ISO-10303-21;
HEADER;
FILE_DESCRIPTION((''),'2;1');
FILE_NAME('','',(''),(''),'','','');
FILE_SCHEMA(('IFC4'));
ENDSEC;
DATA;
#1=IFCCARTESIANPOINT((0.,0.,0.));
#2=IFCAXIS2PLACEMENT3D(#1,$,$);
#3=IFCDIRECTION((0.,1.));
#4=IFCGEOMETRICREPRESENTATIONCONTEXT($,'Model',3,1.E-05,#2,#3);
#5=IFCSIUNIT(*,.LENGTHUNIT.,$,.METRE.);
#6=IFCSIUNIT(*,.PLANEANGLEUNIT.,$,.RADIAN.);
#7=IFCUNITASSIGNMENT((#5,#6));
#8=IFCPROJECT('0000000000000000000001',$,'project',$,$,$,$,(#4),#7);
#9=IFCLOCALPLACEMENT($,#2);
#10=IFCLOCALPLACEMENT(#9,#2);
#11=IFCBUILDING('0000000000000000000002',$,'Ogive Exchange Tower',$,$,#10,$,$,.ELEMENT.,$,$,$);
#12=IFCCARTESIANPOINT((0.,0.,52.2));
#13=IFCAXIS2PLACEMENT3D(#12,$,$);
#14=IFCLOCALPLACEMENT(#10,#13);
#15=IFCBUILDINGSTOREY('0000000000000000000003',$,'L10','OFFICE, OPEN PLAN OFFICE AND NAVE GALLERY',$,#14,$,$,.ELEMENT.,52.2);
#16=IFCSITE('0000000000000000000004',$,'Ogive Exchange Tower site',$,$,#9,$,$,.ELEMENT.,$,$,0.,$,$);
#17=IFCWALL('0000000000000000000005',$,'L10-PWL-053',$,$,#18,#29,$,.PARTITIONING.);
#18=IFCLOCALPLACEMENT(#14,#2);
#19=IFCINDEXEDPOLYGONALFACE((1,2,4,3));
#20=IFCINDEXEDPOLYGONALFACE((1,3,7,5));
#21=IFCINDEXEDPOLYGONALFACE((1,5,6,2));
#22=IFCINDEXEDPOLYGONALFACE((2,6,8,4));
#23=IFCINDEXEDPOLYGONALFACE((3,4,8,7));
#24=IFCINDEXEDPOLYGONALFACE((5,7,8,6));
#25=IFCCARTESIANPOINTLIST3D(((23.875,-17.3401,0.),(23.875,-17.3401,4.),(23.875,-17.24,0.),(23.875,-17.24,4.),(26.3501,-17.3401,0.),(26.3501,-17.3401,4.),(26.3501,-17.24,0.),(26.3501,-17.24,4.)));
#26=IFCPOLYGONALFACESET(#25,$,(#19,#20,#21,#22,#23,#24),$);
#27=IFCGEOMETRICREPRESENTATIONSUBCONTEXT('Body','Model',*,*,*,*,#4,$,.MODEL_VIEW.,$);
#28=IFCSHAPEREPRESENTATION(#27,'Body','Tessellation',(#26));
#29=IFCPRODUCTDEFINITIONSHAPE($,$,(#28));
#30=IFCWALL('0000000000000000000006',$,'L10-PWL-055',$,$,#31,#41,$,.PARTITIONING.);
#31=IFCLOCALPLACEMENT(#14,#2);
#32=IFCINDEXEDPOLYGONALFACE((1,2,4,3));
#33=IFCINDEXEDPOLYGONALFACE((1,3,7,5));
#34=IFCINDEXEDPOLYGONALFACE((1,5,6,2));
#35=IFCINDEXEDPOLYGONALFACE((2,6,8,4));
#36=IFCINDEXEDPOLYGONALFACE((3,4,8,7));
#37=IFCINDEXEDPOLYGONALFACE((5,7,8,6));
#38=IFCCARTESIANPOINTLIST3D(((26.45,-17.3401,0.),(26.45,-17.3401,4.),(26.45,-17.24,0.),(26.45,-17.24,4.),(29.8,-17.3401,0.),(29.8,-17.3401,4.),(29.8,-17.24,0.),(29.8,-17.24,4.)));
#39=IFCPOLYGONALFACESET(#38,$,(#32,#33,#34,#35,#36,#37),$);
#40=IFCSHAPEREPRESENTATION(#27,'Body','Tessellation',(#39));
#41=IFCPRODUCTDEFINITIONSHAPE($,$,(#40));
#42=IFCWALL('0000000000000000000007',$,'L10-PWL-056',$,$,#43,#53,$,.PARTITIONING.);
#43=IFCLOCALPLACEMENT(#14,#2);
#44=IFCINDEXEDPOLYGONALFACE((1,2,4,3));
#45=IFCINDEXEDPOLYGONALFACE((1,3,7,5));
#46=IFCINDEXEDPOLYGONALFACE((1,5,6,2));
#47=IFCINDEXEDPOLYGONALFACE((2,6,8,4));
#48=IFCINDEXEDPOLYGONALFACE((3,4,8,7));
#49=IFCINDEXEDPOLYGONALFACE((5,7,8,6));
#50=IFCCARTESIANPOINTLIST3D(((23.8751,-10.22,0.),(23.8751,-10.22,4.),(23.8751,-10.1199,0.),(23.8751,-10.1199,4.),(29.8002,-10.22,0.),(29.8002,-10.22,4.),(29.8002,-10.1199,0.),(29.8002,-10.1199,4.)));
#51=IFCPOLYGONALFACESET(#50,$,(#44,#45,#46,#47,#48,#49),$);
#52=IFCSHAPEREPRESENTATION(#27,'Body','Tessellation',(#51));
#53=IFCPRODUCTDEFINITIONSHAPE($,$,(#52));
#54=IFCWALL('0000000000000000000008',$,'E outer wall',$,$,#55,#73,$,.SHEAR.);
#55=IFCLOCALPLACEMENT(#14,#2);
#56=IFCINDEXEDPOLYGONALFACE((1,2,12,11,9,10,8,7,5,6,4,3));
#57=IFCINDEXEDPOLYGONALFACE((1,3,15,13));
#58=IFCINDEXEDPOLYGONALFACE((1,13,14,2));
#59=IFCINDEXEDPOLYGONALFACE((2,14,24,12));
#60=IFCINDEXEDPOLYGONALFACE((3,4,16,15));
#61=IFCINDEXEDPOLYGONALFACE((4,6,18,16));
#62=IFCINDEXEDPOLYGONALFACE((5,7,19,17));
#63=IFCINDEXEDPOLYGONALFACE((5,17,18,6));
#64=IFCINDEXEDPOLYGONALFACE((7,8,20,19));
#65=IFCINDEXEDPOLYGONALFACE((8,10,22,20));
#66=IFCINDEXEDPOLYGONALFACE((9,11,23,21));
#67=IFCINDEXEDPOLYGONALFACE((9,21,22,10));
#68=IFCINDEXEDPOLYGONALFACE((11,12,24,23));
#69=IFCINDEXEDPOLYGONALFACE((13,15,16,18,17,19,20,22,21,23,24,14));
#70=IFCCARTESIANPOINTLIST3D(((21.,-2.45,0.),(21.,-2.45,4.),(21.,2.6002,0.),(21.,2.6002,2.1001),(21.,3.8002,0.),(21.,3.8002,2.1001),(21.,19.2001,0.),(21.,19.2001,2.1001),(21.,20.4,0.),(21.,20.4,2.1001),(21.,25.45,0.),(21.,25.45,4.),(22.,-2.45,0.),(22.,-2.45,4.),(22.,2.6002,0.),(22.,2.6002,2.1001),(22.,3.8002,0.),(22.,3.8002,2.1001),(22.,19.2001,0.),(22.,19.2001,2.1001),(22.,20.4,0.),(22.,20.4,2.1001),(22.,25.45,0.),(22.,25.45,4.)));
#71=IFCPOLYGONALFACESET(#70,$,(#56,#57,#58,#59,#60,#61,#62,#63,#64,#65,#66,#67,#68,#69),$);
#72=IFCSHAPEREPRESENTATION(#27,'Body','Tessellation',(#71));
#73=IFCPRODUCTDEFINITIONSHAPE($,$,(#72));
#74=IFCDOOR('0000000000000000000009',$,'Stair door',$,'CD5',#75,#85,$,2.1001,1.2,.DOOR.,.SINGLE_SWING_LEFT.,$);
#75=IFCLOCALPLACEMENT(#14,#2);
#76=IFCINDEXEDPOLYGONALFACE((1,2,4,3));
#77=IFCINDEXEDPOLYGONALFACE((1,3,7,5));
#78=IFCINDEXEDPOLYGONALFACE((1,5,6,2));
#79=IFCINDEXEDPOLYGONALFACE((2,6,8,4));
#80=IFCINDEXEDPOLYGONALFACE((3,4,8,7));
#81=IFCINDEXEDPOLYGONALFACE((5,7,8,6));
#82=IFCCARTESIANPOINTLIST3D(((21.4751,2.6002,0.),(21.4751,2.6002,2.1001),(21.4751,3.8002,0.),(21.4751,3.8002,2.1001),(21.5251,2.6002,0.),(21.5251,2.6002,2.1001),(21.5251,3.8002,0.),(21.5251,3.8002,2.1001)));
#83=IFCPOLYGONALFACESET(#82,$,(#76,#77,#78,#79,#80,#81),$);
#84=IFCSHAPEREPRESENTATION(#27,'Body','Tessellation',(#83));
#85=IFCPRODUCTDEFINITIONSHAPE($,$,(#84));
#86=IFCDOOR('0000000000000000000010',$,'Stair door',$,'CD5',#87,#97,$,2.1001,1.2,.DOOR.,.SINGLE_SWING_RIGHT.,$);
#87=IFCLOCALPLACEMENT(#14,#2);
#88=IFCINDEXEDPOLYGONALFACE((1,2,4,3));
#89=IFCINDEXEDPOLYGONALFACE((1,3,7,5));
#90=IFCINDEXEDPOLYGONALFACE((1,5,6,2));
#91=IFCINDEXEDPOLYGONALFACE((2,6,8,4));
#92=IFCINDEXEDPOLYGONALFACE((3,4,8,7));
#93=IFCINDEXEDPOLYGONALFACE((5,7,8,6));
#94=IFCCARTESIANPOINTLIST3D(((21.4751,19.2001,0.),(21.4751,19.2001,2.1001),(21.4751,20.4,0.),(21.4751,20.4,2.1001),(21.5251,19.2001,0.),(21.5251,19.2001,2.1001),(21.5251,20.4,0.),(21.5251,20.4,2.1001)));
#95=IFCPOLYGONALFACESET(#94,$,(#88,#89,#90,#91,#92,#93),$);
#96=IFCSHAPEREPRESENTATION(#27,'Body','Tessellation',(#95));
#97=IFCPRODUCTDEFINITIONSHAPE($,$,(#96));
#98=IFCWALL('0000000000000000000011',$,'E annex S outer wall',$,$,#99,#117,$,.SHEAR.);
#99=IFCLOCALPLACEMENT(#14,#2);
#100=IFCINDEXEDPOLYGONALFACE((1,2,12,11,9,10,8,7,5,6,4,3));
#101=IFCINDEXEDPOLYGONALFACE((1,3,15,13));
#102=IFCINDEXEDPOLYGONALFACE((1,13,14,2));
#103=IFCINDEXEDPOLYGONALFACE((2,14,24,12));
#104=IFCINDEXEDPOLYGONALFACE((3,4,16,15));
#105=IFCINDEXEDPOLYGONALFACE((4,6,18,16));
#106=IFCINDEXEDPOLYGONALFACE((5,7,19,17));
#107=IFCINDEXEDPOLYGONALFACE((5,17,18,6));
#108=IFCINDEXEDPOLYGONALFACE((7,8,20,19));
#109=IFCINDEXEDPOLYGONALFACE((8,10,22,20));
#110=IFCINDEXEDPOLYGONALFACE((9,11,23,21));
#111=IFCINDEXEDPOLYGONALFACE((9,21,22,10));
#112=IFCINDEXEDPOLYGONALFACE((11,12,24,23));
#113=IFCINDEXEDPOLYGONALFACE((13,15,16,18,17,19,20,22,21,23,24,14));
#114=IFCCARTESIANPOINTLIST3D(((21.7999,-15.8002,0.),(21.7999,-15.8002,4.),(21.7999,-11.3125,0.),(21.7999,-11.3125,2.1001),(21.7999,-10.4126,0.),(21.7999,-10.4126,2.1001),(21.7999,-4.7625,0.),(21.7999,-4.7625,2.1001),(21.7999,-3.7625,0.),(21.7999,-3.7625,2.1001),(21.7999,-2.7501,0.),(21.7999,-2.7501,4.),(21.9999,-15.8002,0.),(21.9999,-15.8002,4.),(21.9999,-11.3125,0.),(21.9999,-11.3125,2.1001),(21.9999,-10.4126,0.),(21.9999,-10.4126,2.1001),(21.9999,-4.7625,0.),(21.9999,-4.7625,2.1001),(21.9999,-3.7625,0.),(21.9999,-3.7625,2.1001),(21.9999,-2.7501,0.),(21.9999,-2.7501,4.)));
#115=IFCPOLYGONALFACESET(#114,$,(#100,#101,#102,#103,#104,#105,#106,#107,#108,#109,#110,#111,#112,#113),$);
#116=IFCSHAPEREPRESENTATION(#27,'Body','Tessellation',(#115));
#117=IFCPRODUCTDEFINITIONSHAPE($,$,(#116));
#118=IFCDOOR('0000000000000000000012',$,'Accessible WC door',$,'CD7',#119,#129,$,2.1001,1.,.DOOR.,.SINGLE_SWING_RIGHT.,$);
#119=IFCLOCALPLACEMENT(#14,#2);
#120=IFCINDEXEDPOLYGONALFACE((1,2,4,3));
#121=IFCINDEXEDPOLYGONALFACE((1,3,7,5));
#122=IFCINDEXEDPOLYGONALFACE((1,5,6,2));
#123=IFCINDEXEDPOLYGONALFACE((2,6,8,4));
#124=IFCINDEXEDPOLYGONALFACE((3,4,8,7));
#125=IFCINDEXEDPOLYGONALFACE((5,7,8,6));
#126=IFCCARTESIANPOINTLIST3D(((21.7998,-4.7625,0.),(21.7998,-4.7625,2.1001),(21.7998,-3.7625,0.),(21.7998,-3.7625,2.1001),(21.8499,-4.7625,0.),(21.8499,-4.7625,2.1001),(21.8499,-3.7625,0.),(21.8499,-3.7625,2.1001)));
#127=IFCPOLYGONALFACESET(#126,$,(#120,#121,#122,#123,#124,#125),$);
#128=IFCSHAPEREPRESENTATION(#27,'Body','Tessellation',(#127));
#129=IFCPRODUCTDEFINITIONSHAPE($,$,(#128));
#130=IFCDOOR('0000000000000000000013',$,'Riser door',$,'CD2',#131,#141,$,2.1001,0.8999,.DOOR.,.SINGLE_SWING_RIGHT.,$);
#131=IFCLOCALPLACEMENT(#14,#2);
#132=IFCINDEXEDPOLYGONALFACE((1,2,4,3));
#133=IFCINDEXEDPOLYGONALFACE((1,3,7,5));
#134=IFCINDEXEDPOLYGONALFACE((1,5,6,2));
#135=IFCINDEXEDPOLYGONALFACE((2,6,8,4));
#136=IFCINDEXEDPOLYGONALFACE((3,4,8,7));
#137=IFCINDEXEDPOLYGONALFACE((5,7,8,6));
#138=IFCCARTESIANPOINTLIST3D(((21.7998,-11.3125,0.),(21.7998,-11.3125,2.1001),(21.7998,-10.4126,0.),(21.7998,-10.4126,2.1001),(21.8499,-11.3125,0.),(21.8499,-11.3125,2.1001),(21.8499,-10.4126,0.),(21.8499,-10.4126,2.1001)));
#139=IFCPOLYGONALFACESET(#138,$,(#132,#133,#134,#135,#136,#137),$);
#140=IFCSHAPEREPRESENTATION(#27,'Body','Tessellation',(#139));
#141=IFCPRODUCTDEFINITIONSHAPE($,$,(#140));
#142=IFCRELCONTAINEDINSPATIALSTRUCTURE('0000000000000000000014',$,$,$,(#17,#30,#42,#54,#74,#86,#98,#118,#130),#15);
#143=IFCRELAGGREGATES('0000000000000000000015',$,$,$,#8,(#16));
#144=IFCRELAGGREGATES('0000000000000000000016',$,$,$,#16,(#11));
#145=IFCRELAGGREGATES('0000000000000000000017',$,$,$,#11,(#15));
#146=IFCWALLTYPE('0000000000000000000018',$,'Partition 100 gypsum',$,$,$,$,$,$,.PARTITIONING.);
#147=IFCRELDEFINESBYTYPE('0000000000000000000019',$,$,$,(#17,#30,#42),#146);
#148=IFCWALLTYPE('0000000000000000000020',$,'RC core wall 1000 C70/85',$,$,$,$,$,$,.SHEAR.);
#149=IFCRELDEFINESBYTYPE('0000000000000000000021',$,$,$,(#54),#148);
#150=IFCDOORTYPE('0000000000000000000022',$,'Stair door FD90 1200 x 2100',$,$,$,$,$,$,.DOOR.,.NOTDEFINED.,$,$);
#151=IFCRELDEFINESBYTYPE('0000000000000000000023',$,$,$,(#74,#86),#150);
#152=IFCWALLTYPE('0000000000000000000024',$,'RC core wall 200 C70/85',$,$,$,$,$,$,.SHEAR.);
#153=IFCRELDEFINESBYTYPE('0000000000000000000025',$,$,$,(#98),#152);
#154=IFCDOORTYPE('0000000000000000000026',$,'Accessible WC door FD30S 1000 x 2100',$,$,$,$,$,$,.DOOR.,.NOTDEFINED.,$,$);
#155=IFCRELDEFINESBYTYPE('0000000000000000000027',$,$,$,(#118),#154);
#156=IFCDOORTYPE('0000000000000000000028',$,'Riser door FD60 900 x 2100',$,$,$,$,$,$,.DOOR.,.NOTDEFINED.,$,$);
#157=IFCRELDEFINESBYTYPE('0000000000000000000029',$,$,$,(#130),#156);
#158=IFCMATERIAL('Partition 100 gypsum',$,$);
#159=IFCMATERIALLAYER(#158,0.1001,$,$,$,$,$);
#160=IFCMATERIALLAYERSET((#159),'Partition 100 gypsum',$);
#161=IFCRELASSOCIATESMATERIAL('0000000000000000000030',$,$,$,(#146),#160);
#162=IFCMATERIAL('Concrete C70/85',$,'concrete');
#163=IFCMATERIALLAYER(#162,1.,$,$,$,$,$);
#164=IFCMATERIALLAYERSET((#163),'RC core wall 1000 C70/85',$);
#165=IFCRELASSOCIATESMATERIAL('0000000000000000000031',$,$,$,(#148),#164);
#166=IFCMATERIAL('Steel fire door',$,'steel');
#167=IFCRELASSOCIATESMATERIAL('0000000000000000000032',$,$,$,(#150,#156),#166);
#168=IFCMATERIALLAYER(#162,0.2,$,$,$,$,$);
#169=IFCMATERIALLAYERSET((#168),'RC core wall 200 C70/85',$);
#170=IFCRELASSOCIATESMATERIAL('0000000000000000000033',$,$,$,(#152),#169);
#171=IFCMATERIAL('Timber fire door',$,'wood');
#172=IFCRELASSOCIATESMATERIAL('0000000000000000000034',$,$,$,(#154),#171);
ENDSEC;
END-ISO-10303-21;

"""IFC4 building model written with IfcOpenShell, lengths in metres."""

from ifc_helpers import new_model, si_unit, direction, frame, frame_2d, origin, place, context, subcontext, project, spatial, rectangle, extrude, material, layer, layer_set, type_object, element, fill, save


model = new_model("IFC4")

# Units and contexts
model_context = context("Model", 3, precision=1e-05, world=origin(), true_north=direction((0.0, 1.0)))
body_context = subcontext(model_context, "Body", "Model", "MODEL_VIEW")
ifc_project = project(units=[si_unit("LENGTHUNIT", "METRE"), si_unit("PLANEANGLEUNIT", "RADIAN")], contexts=[model_context])

# Site, building, storey
site_placement = place(None, origin())
site = spatial("IfcSite", under=ifc_project, at=site_placement, Name="Ogive Exchange Tower site", CompositionType="ELEMENT", RefElevation=0.0)
building_placement = place(site_placement, origin())
building = spatial("IfcBuilding", under=site, at=building_placement, Name="Ogive Exchange Tower", CompositionType="ELEMENT")
storey_placement = place(building_placement, frame((0.0, 0.0, 52.2)))
storey = spatial("IfcBuildingStorey", under=building, at=storey_placement, Name="L10", Description="OFFICE, OPEN PLAN OFFICE AND NAVE GALLERY", CompositionType="ELEMENT", Elevation=52.2)

# Walls
ifc_material_1 = material(Name="Partition 100 gypsum")
ifc_layer_1 = layer(ifc_material_1, 0.1001)
ifc_layer_set_1 = layer_set([ifc_layer_1], Name="Partition 100 gypsum")
wall_type_1 = type_object("IfcWallType", Name="Partition 100 gypsum", PredefinedType="PARTITIONING", material=ifc_layer_set_1)
wall_1_placement = place(storey_placement, frame((26.3501, -17.29, 0.0), z_axis=(0.0, 0.0, 1.0), x_axis=(-1.0, 0.0, 0.0)))
element("IfcWall", 1, at=wall_1_placement, inside=storey, type_object=wall_type_1, Name="L10-PWL-053", PredefinedType="PARTITIONING", context=body_context, shape_type="SweptSolid", body=[
    extrude(rectangle(XDim=2.4751, YDim=0.1001, at=frame_2d((1.2375, 0.0))), origin(), (0.0, 0.0, 1.0), 4.0),
])
wall_2_placement = place(storey_placement, frame((29.8, -17.29, 0.0), z_axis=(0.0, 0.0, 1.0), x_axis=(-1.0, 0.0, 0.0)))
element("IfcWall", 2, at=wall_2_placement, inside=storey, type_object=wall_type_1, Name="L10-PWL-055", PredefinedType="PARTITIONING", context=body_context, shape_type="SweptSolid", body=[
    extrude(rectangle(XDim=3.3501, YDim=0.1001, at=frame_2d((1.675, 0.0))), origin(), (0.0, 0.0, 1.0), 4.0),
])
wall_3_placement = place(storey_placement, frame((29.8, -10.1699, 0.0), z_axis=(0.0, 0.0, 1.0), x_axis=(-1.0, 0.0, 0.0)))
element("IfcWall", 3, at=wall_3_placement, inside=storey, type_object=wall_type_1, Name="L10-PWL-056", PredefinedType="PARTITIONING", context=body_context, shape_type="SweptSolid", body=[
    extrude(rectangle(XDim=5.925, YDim=0.1001, at=frame_2d((2.9624, 0.0))), origin(), (0.0, 0.0, 1.0), 4.0),
])

# Walls, openings, doors
ifc_material_2 = material(Name="Concrete C70/85", Category="concrete")
ifc_layer_2 = layer(ifc_material_2, 1.0)
ifc_layer_set_2 = layer_set([ifc_layer_2], Name="RC core wall 1000 C70/85")
wall_type_2 = type_object("IfcWallType", Name="RC core wall 1000 C70/85", PredefinedType="SHEAR", material=ifc_layer_set_2)
wall_4_placement = place(storey_placement, frame((21.5, -2.45, 0.0), z_axis=(0.0, 0.0, 1.0), x_axis=(0.0, 1.0, 0.0)))
wall_4 = element("IfcWall", 4, at=wall_4_placement, inside=storey, type_object=wall_type_2, Name="E outer wall", PredefinedType="SHEAR", context=body_context, shape_type="SweptSolid", body=[
    extrude(rectangle(XDim=27.8999, YDim=1.0, at=frame_2d((13.95, 0.0))), origin(), (0.0, 0.0, 1.0), 4.0),
])
opening_1_placement = place(wall_4_placement, frame((5.05, 0.0, 0.0)))
opening_1 = element("IfcOpeningElement", 5, at=opening_1_placement, cuts=wall_4, PredefinedType="OPENING", context=body_context, shape_type="SweptSolid", body=[
    extrude(rectangle(XDim=1.2, YDim=2.1001, at=frame_2d((0.6001, 1.05))), frame((0.0, 0.51, 0.0), z_axis=(0.0, -1.0, 0.0), x_axis=(1.0, 0.0, 0.0)), (0.0, 0.0, 1.0), 1.02),
])
opening_2_placement = place(wall_4_placement, frame((21.6499, 0.0, 0.0)))
opening_2 = element("IfcOpeningElement", 6, at=opening_2_placement, cuts=wall_4, PredefinedType="OPENING", context=body_context, shape_type="SweptSolid", body=[
    extrude(rectangle(XDim=1.2, YDim=2.1001, at=frame_2d((0.6001, 1.05))), frame((0.0, 0.51, 0.0), z_axis=(0.0, -1.0, 0.0), x_axis=(1.0, 0.0, 0.0)), (0.0, 0.0, 1.0), 1.02),
])
ifc_material_3 = material(Name="Steel fire door", Category="steel")
door_type_1 = type_object("IfcDoorType", Name="Stair door FD90 1200 x 2100", OperationType="NOTDEFINED", PredefinedType="DOOR", material=ifc_material_3)
door_1_placement = place(opening_1_placement, origin())
door_1 = element("IfcDoor", 7, at=door_1_placement, inside=storey, type_object=door_type_1, Name="Stair door", ObjectType="CD5", OperationType="SINGLE_SWING_LEFT", OverallHeight=2.1001, OverallWidth=1.2, PredefinedType="DOOR", context=body_context, shape_type="SweptSolid", body=[
    extrude(rectangle(XDim=1.2, YDim=2.1001, at=frame_2d((0.6001, 1.05))), frame((0.0, 0.0249, 0.0), z_axis=(0.0, -1.0, 0.0), x_axis=(1.0, 0.0, 0.0)), (0.0, 0.0, 1.0), 0.05),
])
fill(opening_1, door_1)
door_2_placement = place(opening_2_placement, origin())
door_2 = element("IfcDoor", 8, at=door_2_placement, inside=storey, type_object=door_type_1, Name="Stair door", ObjectType="CD5", OperationType="SINGLE_SWING_RIGHT", OverallHeight=2.1001, OverallWidth=1.2, PredefinedType="DOOR", context=body_context, shape_type="SweptSolid", body=[
    extrude(rectangle(XDim=1.2, YDim=2.1001, at=frame_2d((0.6001, 1.05))), frame((0.0, 0.0249, 0.0), z_axis=(0.0, -1.0, 0.0), x_axis=(1.0, 0.0, 0.0)), (0.0, 0.0, 1.0), 0.05),
])
fill(opening_2, door_2)
ifc_layer_3 = layer(ifc_material_2, 0.2)
ifc_layer_set_3 = layer_set([ifc_layer_3], Name="RC core wall 200 C70/85")
wall_type_3 = type_object("IfcWallType", Name="RC core wall 200 C70/85", PredefinedType="SHEAR", material=ifc_layer_set_3)
wall_5_placement = place(storey_placement, frame((21.8999, -15.8, 0.0), z_axis=(0.0, 0.0, 1.0), x_axis=(0.0, 1.0, 0.0)))
wall_5 = element("IfcWall", 9, at=wall_5_placement, inside=storey, type_object=wall_type_3, Name="E annex S outer wall", PredefinedType="SHEAR", context=body_context, shape_type="SweptSolid", body=[
    extrude(rectangle(XDim=13.05, YDim=0.2, at=frame_2d((6.5249, 0.0))), origin(), (0.0, 0.0, 1.0), 4.0),
])
opening_3_placement = place(wall_5_placement, frame((4.4875, 0.0, 0.0)))
opening_3 = element("IfcOpeningElement", 10, at=opening_3_placement, cuts=wall_5, PredefinedType="OPENING", context=body_context, shape_type="SweptSolid", body=[
    extrude(rectangle(XDim=0.8999, YDim=2.1001, at=frame_2d((0.45, 1.05))), frame((0.0, 0.1099, 0.0), z_axis=(0.0, -1.0, 0.0), x_axis=(1.0, 0.0, 0.0)), (0.0, 0.0, 1.0), 0.22),
])
opening_4_placement = place(wall_5_placement, frame((11.0376, 0.0, 0.0)))
opening_4 = element("IfcOpeningElement", 11, at=opening_4_placement, cuts=wall_5, PredefinedType="OPENING", context=body_context, shape_type="SweptSolid", body=[
    extrude(rectangle(XDim=1.0, YDim=2.1001, at=frame_2d((0.5, 1.05))), frame((0.0, 0.1099, 0.0), z_axis=(0.0, -1.0, 0.0), x_axis=(1.0, 0.0, 0.0)), (0.0, 0.0, 1.0), 0.22),
])
ifc_material_4 = material(Name="Timber fire door", Category="wood")
door_type_2 = type_object("IfcDoorType", Name="Accessible WC door FD30S 1000 x 2100", OperationType="NOTDEFINED", PredefinedType="DOOR", material=ifc_material_4)
door_3_placement = place(opening_4_placement, origin())
door_3 = element("IfcDoor", 12, at=door_3_placement, inside=storey, type_object=door_type_2, Name="Accessible WC door", ObjectType="CD7", OperationType="SINGLE_SWING_RIGHT", OverallHeight=2.1001, OverallWidth=1.0, PredefinedType="DOOR", context=body_context, shape_type="SweptSolid", body=[
    extrude(rectangle(XDim=1.0, YDim=2.1001, at=frame_2d((0.5, 1.05))), frame((0.0, 0.1001, 0.0), z_axis=(0.0, -1.0, 0.0), x_axis=(1.0, 0.0, 0.0)), (0.0, 0.0, 1.0), 0.05),
])
fill(opening_4, door_3)
door_type_3 = type_object("IfcDoorType", Name="Riser door FD60 900 x 2100", OperationType="NOTDEFINED", PredefinedType="DOOR", material=ifc_material_3)
door_4_placement = place(opening_3_placement, origin())
door_4 = element("IfcDoor", 13, at=door_4_placement, inside=storey, type_object=door_type_3, Name="Riser door", ObjectType="CD2", OperationType="SINGLE_SWING_RIGHT", OverallHeight=2.1001, OverallWidth=0.8999, PredefinedType="DOOR", context=body_context, shape_type="SweptSolid", body=[
    extrude(rectangle(XDim=0.8999, YDim=2.1001, at=frame_2d((0.45, 1.05))), frame((0.0, 0.1001, 0.0), z_axis=(0.0, -1.0, 0.0), x_axis=(1.0, 0.0, 0.0)), (0.0, 0.0, 1.0), 0.05),
])
fill(opening_3, door_4)

save(model, "model.ifc")
